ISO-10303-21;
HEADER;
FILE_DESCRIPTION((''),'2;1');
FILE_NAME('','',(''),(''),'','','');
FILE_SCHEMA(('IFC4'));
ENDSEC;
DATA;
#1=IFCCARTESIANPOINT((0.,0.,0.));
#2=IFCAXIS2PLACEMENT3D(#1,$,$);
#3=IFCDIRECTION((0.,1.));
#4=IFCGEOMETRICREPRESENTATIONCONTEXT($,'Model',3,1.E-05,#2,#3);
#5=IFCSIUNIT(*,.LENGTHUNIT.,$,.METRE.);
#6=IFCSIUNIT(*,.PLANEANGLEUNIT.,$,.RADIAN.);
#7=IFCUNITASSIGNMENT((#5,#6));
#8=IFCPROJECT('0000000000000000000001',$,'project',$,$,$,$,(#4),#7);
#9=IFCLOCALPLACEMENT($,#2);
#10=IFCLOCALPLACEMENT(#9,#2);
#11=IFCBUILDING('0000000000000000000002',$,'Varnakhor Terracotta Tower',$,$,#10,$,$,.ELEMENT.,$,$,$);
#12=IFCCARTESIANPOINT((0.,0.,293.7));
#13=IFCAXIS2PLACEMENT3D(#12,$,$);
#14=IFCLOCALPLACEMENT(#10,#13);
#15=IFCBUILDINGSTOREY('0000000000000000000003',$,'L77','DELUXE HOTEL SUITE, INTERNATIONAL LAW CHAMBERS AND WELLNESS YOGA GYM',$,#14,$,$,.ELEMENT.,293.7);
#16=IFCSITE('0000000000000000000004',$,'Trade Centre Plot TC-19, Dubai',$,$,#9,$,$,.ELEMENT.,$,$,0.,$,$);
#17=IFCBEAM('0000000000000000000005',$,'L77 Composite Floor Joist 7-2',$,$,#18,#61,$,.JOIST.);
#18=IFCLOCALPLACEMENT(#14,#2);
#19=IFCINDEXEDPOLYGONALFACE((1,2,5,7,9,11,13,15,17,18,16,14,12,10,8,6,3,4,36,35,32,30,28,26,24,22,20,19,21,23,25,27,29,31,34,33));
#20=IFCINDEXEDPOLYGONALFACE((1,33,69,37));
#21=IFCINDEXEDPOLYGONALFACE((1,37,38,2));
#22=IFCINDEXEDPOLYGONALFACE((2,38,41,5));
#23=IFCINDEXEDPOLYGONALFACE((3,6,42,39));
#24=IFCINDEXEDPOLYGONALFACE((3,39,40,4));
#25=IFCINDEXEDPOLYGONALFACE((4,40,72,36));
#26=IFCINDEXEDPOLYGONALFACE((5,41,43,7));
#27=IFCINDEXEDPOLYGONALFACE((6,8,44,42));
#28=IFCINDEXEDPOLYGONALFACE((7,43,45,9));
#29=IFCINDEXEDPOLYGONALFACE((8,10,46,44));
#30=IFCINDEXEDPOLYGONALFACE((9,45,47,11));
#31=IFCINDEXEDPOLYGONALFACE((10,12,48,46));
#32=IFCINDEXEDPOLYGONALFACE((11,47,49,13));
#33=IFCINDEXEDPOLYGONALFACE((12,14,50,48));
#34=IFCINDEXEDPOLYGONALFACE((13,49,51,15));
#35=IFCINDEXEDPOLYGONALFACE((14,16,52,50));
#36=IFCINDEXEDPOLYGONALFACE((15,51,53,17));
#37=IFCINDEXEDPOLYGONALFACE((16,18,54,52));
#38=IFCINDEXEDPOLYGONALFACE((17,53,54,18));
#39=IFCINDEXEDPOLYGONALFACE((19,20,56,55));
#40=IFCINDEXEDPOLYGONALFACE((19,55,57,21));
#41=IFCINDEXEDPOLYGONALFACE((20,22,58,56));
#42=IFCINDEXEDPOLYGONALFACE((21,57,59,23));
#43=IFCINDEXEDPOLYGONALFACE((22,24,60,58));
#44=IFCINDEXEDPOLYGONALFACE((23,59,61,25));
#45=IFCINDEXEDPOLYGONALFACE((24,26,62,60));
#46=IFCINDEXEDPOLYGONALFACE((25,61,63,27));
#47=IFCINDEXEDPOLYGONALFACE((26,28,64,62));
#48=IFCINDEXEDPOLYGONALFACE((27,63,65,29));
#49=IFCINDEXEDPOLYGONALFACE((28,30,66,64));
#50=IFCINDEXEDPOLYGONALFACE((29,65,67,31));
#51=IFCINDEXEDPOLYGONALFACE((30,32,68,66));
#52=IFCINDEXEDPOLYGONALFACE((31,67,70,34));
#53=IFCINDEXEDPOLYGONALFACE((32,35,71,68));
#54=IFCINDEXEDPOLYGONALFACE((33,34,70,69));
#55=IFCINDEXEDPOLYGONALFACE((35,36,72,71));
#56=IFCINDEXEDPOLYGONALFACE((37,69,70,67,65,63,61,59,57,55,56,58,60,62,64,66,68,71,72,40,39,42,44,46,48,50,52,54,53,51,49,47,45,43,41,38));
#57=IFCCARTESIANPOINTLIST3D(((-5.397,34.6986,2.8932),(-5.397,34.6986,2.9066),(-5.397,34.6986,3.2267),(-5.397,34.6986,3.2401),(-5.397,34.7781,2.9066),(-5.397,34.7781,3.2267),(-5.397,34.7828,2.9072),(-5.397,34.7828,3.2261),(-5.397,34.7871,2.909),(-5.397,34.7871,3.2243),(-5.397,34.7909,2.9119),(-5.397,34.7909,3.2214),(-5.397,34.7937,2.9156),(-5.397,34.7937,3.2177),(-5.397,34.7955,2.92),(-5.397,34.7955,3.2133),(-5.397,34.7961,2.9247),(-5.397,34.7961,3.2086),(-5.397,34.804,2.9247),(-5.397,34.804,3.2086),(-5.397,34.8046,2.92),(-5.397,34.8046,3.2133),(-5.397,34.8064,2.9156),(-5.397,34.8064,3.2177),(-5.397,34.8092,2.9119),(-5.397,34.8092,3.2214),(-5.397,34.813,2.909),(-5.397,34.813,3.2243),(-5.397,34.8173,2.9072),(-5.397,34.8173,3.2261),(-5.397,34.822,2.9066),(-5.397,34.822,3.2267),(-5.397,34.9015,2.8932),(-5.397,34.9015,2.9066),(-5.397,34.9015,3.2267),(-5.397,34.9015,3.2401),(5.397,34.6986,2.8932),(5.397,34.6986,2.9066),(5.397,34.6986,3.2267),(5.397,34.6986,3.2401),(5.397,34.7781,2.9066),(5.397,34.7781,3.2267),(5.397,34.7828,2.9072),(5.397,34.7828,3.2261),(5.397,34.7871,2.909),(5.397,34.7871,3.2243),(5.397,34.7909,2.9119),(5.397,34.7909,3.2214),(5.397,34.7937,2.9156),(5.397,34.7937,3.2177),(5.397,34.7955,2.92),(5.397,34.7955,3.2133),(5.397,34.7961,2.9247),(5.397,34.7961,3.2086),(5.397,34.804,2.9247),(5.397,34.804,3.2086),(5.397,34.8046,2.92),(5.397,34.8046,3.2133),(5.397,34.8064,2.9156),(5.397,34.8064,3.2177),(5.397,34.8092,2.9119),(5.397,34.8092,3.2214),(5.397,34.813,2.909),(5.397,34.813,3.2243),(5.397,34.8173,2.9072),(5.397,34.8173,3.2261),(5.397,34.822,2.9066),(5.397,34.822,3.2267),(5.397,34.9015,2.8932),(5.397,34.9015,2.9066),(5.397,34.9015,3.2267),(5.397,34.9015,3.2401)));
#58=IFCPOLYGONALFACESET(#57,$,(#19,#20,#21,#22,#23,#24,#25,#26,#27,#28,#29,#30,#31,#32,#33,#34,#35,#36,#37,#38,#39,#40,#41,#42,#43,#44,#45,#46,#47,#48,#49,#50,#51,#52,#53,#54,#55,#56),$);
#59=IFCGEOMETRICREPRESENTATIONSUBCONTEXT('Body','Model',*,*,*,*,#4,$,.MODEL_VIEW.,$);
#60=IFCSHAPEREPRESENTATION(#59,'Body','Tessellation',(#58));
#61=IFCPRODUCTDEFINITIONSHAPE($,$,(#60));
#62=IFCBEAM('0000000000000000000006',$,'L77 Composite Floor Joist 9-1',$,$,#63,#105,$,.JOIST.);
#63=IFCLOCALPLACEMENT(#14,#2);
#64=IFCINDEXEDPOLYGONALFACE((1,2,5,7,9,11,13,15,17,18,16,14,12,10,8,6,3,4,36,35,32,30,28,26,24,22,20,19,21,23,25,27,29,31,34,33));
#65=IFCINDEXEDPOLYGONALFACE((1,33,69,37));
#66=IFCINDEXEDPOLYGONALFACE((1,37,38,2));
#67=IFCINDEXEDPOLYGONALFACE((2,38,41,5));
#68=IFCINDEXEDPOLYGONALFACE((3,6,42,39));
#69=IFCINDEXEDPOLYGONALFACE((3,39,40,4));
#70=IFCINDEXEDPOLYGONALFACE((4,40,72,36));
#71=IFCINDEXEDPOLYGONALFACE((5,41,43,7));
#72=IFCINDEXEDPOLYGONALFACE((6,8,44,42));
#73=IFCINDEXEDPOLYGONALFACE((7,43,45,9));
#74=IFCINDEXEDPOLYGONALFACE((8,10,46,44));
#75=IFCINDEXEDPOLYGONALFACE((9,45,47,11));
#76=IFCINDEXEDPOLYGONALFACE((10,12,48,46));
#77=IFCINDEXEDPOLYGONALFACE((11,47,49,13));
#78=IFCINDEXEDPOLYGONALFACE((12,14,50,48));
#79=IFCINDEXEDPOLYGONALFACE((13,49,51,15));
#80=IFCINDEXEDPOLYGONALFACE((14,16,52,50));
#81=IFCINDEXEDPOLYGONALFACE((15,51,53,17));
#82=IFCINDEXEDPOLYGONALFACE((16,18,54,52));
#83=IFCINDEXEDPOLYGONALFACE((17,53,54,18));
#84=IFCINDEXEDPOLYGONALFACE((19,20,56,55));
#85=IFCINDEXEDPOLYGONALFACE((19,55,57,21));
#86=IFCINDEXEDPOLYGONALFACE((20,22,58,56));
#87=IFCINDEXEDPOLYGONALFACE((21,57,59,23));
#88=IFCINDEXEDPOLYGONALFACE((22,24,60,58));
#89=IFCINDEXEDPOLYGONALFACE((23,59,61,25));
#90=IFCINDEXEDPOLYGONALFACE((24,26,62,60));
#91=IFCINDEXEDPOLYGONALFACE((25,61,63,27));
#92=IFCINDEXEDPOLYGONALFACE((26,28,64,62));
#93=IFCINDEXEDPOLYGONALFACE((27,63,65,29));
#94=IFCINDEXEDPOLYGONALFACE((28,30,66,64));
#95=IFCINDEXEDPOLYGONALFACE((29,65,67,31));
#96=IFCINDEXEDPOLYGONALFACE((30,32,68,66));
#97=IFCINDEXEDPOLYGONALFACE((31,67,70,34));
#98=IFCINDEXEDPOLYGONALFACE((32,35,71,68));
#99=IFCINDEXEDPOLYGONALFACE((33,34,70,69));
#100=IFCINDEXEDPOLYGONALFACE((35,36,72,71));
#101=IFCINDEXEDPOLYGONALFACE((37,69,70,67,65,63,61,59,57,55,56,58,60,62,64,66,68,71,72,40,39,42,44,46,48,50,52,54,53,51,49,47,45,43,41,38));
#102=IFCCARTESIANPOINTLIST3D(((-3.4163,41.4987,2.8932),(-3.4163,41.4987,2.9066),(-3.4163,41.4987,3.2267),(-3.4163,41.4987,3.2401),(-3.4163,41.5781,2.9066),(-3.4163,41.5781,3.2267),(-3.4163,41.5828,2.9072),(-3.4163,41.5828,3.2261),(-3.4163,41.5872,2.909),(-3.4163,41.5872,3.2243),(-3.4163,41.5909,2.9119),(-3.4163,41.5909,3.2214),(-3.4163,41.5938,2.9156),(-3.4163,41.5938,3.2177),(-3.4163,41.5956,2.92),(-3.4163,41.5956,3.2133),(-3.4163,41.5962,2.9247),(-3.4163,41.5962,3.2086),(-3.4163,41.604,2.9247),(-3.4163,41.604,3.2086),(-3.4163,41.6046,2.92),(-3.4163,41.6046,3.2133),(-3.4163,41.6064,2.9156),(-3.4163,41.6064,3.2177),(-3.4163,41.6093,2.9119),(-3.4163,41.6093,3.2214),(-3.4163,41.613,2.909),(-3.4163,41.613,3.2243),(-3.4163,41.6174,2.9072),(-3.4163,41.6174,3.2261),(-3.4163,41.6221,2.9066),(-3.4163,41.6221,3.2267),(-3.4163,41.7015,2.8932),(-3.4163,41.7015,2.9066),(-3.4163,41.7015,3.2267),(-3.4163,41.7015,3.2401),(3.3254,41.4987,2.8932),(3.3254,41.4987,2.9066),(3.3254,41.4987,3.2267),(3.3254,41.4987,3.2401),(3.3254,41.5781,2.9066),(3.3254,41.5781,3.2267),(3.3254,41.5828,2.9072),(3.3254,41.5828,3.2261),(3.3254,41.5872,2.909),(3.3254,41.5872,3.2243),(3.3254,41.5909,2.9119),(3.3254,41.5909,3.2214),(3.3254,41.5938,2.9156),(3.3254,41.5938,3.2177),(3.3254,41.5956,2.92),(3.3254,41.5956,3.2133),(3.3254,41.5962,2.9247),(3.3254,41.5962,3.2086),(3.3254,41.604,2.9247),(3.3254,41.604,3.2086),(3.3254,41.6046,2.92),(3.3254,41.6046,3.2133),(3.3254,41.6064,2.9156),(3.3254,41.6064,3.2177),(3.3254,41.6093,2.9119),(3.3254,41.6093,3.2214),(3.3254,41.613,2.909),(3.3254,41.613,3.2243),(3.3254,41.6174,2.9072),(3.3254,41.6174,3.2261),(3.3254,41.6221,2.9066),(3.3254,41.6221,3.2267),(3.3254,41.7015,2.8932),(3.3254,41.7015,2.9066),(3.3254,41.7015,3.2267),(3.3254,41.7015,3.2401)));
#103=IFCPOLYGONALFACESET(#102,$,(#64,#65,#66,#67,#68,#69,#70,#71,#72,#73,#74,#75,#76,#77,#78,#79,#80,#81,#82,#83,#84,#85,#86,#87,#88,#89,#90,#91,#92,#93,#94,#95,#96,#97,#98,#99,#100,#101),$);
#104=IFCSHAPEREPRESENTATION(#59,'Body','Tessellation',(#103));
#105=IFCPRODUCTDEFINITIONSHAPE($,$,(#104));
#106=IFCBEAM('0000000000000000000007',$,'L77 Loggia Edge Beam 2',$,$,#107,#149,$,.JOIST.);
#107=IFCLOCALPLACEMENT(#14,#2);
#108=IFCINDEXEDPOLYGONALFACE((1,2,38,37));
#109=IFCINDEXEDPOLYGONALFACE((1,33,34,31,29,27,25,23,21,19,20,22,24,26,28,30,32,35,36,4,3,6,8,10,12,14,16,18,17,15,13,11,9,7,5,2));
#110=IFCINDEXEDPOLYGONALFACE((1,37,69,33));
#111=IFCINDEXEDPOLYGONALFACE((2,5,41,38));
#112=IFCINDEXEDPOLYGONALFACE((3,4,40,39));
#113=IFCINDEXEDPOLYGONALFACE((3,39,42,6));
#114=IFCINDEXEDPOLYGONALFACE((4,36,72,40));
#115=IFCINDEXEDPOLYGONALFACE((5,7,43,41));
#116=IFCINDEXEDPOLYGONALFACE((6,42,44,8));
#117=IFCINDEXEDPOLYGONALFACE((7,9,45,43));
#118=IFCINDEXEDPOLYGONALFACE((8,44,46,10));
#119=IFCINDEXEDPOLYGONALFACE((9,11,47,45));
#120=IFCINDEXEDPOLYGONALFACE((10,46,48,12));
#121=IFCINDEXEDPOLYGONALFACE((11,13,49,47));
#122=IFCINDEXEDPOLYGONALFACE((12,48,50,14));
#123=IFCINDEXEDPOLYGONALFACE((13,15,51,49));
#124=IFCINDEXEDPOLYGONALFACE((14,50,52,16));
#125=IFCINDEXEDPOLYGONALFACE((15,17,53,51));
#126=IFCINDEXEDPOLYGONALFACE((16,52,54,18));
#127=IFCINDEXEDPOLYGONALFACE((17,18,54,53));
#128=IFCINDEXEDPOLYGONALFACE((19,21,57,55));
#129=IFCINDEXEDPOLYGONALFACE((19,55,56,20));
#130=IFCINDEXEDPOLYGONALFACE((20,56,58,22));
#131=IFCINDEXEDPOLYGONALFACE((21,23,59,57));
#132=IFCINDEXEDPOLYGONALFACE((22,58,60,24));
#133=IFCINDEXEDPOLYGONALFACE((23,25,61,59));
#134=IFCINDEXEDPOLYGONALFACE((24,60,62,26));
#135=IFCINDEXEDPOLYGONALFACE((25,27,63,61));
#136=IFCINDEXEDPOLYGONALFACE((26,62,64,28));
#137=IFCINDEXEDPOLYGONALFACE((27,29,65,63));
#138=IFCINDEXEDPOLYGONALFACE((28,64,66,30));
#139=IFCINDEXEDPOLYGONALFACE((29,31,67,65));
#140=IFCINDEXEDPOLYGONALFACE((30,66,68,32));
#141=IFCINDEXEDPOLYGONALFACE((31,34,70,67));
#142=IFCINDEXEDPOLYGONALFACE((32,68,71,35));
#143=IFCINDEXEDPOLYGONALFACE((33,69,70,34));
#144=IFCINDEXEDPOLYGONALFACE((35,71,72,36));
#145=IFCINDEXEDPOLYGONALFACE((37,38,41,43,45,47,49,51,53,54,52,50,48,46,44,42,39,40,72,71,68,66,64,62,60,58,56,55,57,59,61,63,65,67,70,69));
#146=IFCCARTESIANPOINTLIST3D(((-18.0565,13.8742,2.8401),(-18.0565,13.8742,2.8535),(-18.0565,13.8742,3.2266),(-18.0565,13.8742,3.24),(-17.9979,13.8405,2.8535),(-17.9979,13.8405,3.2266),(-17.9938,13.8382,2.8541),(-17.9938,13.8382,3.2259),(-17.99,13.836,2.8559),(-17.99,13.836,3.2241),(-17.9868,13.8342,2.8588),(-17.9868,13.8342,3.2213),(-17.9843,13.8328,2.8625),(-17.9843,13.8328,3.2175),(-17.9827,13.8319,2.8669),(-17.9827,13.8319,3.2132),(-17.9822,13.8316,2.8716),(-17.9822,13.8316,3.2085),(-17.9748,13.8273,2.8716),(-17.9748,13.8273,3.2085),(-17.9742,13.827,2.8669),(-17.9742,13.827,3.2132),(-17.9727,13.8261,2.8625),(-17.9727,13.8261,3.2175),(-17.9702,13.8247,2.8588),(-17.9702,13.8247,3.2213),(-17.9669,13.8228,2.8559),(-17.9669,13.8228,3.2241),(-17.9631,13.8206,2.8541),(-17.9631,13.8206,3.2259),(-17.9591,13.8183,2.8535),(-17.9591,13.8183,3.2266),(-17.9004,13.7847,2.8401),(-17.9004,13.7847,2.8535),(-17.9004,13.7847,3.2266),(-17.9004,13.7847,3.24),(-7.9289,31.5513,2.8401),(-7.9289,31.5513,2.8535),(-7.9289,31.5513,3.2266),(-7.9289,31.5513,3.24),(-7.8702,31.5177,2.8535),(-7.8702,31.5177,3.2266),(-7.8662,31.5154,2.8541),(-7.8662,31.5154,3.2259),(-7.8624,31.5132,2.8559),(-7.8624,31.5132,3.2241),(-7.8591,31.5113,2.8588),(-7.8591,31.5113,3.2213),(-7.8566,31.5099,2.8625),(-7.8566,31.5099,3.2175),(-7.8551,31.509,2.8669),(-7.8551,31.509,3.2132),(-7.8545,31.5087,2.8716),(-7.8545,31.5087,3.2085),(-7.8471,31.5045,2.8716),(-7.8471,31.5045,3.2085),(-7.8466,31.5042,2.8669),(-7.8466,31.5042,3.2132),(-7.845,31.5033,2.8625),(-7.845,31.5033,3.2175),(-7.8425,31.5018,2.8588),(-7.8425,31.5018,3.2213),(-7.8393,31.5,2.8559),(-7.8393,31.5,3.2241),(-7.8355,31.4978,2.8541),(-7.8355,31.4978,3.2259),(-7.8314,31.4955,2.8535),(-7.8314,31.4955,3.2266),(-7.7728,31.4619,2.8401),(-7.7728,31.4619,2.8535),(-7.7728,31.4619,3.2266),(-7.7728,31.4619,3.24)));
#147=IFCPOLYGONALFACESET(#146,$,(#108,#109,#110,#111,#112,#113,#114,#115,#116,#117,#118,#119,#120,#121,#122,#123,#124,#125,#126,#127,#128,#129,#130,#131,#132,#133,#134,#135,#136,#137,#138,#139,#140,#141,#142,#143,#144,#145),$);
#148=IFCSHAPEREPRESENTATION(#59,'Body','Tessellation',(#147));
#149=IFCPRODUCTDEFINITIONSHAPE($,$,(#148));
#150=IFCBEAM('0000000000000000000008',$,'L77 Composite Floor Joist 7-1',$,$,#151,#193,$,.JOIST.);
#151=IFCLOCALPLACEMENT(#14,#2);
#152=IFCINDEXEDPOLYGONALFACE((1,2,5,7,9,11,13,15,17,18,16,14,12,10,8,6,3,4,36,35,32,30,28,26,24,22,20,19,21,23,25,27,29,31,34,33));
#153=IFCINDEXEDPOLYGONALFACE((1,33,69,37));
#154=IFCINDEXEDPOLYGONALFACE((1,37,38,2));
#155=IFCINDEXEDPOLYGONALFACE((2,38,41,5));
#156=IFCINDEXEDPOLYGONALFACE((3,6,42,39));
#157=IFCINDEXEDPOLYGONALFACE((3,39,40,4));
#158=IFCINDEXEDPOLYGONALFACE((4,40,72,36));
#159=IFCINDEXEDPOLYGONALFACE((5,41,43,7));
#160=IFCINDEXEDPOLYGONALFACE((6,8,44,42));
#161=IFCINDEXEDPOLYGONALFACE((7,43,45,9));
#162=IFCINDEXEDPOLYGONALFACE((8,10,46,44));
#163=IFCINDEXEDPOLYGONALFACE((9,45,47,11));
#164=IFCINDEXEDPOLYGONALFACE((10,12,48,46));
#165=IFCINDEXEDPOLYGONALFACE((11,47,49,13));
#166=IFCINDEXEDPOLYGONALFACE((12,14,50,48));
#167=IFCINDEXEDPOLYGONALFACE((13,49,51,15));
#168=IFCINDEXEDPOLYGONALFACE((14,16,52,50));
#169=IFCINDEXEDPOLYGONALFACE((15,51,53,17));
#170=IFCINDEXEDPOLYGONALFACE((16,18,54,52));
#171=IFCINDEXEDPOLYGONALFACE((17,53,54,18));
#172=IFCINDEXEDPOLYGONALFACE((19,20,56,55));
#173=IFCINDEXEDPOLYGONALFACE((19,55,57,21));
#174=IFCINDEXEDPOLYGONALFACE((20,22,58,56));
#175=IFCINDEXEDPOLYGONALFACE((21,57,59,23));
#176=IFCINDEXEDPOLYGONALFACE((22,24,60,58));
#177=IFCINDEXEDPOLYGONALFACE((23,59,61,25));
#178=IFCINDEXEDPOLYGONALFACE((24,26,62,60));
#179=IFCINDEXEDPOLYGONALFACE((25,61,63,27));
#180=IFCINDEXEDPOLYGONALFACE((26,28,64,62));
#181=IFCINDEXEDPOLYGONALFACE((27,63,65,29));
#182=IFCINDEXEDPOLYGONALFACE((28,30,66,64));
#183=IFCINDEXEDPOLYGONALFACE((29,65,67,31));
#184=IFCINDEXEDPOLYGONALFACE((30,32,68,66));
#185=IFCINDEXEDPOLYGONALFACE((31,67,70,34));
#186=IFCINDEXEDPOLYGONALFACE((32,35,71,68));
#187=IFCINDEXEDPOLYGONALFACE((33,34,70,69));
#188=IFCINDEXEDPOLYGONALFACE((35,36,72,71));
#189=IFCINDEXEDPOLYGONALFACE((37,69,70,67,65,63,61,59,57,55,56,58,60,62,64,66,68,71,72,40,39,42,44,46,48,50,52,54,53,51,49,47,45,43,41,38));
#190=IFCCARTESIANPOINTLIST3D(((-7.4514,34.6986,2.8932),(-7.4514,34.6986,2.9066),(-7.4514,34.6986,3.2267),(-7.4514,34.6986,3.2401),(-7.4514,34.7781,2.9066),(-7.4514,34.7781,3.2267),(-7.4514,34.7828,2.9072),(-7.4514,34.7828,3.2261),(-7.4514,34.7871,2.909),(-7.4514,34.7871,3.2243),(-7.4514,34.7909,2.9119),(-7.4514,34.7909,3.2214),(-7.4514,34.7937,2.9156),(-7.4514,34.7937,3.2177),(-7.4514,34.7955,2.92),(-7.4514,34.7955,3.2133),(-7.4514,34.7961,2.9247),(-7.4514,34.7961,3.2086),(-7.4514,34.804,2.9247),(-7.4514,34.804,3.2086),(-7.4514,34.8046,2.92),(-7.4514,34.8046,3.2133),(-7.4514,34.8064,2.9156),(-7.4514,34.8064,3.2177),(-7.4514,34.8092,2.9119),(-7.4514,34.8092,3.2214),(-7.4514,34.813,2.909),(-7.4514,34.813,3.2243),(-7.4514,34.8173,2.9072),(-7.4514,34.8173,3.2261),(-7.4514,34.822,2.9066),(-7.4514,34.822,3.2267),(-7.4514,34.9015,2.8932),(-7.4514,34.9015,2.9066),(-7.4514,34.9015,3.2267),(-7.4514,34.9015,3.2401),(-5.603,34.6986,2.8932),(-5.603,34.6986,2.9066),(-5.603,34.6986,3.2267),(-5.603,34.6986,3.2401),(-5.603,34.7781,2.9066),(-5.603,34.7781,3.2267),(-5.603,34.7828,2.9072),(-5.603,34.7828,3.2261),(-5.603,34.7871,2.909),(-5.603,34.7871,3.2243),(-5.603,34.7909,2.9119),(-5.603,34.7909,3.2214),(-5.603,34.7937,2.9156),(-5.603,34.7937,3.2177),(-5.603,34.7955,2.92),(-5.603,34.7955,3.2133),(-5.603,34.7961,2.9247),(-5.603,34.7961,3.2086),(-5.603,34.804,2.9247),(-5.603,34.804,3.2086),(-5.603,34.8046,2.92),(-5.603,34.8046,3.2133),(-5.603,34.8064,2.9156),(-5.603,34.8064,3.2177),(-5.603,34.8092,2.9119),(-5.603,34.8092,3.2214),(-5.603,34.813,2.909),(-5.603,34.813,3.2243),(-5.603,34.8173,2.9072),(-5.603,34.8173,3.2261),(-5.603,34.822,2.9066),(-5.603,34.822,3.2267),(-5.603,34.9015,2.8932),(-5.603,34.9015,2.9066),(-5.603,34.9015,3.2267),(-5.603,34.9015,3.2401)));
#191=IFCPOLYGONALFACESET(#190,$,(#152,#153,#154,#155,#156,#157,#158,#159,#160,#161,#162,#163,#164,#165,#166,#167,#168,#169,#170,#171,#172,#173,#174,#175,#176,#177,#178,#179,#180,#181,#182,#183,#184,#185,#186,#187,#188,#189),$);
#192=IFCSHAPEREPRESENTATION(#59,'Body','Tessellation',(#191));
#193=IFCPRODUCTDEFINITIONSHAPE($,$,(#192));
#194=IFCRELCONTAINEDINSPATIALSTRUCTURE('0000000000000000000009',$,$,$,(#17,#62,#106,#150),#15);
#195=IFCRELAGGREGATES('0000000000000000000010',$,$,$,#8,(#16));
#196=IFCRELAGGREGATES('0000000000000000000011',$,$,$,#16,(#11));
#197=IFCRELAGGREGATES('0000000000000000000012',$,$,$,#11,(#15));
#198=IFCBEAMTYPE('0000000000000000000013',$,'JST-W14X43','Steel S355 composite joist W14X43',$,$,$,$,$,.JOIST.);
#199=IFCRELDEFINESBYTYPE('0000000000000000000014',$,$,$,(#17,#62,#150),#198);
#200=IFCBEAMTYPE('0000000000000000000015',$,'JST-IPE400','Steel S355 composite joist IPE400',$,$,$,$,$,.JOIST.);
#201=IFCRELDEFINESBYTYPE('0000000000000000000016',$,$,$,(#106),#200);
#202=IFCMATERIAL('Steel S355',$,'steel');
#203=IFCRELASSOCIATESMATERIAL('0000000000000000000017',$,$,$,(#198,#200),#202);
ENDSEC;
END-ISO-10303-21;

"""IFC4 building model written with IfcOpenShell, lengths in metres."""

from ifc_helpers import new_model, si_unit, direction, frame, origin, origin_2d, place, context, subcontext, project, spatial, i_section, extrude, source, transform, mapped, material, material_profile, profile_set, type_object, element, save


model = new_model("IFC4")

# Units and contexts
model_context = context("Model", 3, precision=1e-05, world=origin(), true_north=direction((0.0, 1.0)))
body_context = subcontext(model_context, "Body", "Model", "MODEL_VIEW")
ifc_project = project(units=[si_unit("LENGTHUNIT", "METRE"), si_unit("PLANEANGLEUNIT", "RADIAN")], contexts=[model_context])

# Site, building, storey
site_placement = place(None, origin())
site = spatial("IfcSite", under=ifc_project, at=site_placement, Name="Trade Centre Plot TC-19, Dubai", CompositionType="ELEMENT", RefElevation=0.0)
building_placement = place(site_placement, origin())
building = spatial("IfcBuilding", under=site, at=building_placement, Name="Varnakhor Terracotta Tower", CompositionType="ELEMENT")
storey_placement = place(building_placement, frame((0.0, 0.0, 293.7)))
storey = spatial("IfcBuildingStorey", under=building, at=storey_placement, Name="L77", Description="DELUXE HOTEL SUITE, INTERNATIONAL LAW CHAMBERS AND WELLNESS YOGA GYM", CompositionType="ELEMENT", Elevation=293.7)

# Beams
ifc_material_1 = material(Name="Steel S355", Category="steel")
ifc_material_profile_1 = material_profile(ifc_material_1, i_section(OverallWidth=0.2029, OverallDepth=0.3469, WebThickness=0.0078, FlangeThickness=0.0134, FilletRadius=0.0181, at=origin_2d()), Name="W14X43")
ifc_profile_set_1 = profile_set([ifc_material_profile_1], Name="Steel S355")
beam_type_1 = type_object("IfcBeamType", Name="JST-W14X43", Description="Steel S355 composite joist W14X43", PredefinedType="JOIST", material=ifc_profile_set_1)
shared_shape_1 = source(origin(), body_context, "Body", "SweptSolid", [
    extrude(i_section(OverallWidth=0.2029, OverallDepth=0.3469, WebThickness=0.0078, FlangeThickness=0.0134, FilletRadius=0.0181, at=origin_2d()), origin(), (0.0, 0.0, 1.0), 10.7939),
])
beam_1_placement = place(storey_placement, frame((-5.397, 34.8, 3.0667), z_axis=(1.0, 0.0, 0.0), x_axis=(0.0, 1.0, 0.0)))
element("IfcBeam", 1, at=beam_1_placement, inside=storey, type_object=beam_type_1, Name="L77 Composite Floor Joist 7-2", PredefinedType="JOIST", context=body_context, shape_type="MappedRepresentation", body=[
    mapped(shared_shape_1, transform((0.0, 0.0, 0.0), scale=1.0)),
])
shared_shape_2 = source(origin(), body_context, "Body", "SweptSolid", [
    extrude(i_section(OverallWidth=0.2029, OverallDepth=0.3469, WebThickness=0.0078, FlangeThickness=0.0134, FilletRadius=0.0181, at=origin_2d()), origin(), (0.0, 0.0, 1.0), 6.7417),
])
beam_2_placement = place(storey_placement, frame((-3.4163, 41.6001, 3.0667), z_axis=(1.0, 0.0, 0.0), x_axis=(0.0, 1.0, 0.0)))
element("IfcBeam", 2, at=beam_2_placement, inside=storey, type_object=beam_type_1, Name="L77 Composite Floor Joist 9-1", PredefinedType="JOIST", context=body_context, shape_type="MappedRepresentation", body=[
    mapped(shared_shape_2, transform((0.0, 0.0, 0.0), scale=1.0)),
])
ifc_material_profile_2 = material_profile(ifc_material_1, i_section(OverallWidth=0.1799, OverallDepth=0.3999, WebThickness=0.0085, FlangeThickness=0.0134, FilletRadius=0.0181, at=origin_2d()), Name="IPE400")
ifc_profile_set_2 = profile_set([ifc_material_profile_2], Name="Steel S355")
beam_type_2 = type_object("IfcBeamType", Name="JST-IPE400", Description="Steel S355 composite joist IPE400", PredefinedType="JOIST", material=ifc_profile_set_2)
shared_shape_3 = source(origin(), body_context, "Body", "SweptSolid", [
    extrude(i_section(OverallWidth=0.1799, OverallDepth=0.3999, WebThickness=0.0085, FlangeThickness=0.0134, FilletRadius=0.0181, at=origin_2d()), origin(), (0.0, 0.0, 1.0), 20.3728),
])
beam_3_placement = place(storey_placement, frame((-7.8508, 31.5066, 3.04), z_axis=(-0.497116, -0.867684, 0.0), x_axis=(0.867684, -0.497116, 0.0)))
element("IfcBeam", 3, at=beam_3_placement, inside=storey, type_object=beam_type_2, Name="L77 Loggia Edge Beam 2", PredefinedType="JOIST", context=body_context, shape_type="MappedRepresentation", body=[
    mapped(shared_shape_3, transform((0.0, 0.0, 0.0), scale=1.0)),
])
shared_shape_4 = source(origin(), body_context, "Body", "SweptSolid", [
    extrude(i_section(OverallWidth=0.2029, OverallDepth=0.3469, WebThickness=0.0078, FlangeThickness=0.0134, FilletRadius=0.0181, at=origin_2d()), origin(), (0.0, 0.0, 1.0), 1.8484),
])
beam_4_placement = place(storey_placement, frame((-7.4514, 34.8, 3.0667), z_axis=(1.0, 0.0, 0.0), x_axis=(0.0, 1.0, 0.0)))
element("IfcBeam", 4, at=beam_4_placement, inside=storey, type_object=beam_type_1, Name="L77 Composite Floor Joist 7-1", PredefinedType="JOIST", context=body_context, shape_type="MappedRepresentation", body=[
    mapped(shared_shape_4, transform((0.0, 0.0, 0.0), scale=1.0)),
])

save(model, "model.ifc")
